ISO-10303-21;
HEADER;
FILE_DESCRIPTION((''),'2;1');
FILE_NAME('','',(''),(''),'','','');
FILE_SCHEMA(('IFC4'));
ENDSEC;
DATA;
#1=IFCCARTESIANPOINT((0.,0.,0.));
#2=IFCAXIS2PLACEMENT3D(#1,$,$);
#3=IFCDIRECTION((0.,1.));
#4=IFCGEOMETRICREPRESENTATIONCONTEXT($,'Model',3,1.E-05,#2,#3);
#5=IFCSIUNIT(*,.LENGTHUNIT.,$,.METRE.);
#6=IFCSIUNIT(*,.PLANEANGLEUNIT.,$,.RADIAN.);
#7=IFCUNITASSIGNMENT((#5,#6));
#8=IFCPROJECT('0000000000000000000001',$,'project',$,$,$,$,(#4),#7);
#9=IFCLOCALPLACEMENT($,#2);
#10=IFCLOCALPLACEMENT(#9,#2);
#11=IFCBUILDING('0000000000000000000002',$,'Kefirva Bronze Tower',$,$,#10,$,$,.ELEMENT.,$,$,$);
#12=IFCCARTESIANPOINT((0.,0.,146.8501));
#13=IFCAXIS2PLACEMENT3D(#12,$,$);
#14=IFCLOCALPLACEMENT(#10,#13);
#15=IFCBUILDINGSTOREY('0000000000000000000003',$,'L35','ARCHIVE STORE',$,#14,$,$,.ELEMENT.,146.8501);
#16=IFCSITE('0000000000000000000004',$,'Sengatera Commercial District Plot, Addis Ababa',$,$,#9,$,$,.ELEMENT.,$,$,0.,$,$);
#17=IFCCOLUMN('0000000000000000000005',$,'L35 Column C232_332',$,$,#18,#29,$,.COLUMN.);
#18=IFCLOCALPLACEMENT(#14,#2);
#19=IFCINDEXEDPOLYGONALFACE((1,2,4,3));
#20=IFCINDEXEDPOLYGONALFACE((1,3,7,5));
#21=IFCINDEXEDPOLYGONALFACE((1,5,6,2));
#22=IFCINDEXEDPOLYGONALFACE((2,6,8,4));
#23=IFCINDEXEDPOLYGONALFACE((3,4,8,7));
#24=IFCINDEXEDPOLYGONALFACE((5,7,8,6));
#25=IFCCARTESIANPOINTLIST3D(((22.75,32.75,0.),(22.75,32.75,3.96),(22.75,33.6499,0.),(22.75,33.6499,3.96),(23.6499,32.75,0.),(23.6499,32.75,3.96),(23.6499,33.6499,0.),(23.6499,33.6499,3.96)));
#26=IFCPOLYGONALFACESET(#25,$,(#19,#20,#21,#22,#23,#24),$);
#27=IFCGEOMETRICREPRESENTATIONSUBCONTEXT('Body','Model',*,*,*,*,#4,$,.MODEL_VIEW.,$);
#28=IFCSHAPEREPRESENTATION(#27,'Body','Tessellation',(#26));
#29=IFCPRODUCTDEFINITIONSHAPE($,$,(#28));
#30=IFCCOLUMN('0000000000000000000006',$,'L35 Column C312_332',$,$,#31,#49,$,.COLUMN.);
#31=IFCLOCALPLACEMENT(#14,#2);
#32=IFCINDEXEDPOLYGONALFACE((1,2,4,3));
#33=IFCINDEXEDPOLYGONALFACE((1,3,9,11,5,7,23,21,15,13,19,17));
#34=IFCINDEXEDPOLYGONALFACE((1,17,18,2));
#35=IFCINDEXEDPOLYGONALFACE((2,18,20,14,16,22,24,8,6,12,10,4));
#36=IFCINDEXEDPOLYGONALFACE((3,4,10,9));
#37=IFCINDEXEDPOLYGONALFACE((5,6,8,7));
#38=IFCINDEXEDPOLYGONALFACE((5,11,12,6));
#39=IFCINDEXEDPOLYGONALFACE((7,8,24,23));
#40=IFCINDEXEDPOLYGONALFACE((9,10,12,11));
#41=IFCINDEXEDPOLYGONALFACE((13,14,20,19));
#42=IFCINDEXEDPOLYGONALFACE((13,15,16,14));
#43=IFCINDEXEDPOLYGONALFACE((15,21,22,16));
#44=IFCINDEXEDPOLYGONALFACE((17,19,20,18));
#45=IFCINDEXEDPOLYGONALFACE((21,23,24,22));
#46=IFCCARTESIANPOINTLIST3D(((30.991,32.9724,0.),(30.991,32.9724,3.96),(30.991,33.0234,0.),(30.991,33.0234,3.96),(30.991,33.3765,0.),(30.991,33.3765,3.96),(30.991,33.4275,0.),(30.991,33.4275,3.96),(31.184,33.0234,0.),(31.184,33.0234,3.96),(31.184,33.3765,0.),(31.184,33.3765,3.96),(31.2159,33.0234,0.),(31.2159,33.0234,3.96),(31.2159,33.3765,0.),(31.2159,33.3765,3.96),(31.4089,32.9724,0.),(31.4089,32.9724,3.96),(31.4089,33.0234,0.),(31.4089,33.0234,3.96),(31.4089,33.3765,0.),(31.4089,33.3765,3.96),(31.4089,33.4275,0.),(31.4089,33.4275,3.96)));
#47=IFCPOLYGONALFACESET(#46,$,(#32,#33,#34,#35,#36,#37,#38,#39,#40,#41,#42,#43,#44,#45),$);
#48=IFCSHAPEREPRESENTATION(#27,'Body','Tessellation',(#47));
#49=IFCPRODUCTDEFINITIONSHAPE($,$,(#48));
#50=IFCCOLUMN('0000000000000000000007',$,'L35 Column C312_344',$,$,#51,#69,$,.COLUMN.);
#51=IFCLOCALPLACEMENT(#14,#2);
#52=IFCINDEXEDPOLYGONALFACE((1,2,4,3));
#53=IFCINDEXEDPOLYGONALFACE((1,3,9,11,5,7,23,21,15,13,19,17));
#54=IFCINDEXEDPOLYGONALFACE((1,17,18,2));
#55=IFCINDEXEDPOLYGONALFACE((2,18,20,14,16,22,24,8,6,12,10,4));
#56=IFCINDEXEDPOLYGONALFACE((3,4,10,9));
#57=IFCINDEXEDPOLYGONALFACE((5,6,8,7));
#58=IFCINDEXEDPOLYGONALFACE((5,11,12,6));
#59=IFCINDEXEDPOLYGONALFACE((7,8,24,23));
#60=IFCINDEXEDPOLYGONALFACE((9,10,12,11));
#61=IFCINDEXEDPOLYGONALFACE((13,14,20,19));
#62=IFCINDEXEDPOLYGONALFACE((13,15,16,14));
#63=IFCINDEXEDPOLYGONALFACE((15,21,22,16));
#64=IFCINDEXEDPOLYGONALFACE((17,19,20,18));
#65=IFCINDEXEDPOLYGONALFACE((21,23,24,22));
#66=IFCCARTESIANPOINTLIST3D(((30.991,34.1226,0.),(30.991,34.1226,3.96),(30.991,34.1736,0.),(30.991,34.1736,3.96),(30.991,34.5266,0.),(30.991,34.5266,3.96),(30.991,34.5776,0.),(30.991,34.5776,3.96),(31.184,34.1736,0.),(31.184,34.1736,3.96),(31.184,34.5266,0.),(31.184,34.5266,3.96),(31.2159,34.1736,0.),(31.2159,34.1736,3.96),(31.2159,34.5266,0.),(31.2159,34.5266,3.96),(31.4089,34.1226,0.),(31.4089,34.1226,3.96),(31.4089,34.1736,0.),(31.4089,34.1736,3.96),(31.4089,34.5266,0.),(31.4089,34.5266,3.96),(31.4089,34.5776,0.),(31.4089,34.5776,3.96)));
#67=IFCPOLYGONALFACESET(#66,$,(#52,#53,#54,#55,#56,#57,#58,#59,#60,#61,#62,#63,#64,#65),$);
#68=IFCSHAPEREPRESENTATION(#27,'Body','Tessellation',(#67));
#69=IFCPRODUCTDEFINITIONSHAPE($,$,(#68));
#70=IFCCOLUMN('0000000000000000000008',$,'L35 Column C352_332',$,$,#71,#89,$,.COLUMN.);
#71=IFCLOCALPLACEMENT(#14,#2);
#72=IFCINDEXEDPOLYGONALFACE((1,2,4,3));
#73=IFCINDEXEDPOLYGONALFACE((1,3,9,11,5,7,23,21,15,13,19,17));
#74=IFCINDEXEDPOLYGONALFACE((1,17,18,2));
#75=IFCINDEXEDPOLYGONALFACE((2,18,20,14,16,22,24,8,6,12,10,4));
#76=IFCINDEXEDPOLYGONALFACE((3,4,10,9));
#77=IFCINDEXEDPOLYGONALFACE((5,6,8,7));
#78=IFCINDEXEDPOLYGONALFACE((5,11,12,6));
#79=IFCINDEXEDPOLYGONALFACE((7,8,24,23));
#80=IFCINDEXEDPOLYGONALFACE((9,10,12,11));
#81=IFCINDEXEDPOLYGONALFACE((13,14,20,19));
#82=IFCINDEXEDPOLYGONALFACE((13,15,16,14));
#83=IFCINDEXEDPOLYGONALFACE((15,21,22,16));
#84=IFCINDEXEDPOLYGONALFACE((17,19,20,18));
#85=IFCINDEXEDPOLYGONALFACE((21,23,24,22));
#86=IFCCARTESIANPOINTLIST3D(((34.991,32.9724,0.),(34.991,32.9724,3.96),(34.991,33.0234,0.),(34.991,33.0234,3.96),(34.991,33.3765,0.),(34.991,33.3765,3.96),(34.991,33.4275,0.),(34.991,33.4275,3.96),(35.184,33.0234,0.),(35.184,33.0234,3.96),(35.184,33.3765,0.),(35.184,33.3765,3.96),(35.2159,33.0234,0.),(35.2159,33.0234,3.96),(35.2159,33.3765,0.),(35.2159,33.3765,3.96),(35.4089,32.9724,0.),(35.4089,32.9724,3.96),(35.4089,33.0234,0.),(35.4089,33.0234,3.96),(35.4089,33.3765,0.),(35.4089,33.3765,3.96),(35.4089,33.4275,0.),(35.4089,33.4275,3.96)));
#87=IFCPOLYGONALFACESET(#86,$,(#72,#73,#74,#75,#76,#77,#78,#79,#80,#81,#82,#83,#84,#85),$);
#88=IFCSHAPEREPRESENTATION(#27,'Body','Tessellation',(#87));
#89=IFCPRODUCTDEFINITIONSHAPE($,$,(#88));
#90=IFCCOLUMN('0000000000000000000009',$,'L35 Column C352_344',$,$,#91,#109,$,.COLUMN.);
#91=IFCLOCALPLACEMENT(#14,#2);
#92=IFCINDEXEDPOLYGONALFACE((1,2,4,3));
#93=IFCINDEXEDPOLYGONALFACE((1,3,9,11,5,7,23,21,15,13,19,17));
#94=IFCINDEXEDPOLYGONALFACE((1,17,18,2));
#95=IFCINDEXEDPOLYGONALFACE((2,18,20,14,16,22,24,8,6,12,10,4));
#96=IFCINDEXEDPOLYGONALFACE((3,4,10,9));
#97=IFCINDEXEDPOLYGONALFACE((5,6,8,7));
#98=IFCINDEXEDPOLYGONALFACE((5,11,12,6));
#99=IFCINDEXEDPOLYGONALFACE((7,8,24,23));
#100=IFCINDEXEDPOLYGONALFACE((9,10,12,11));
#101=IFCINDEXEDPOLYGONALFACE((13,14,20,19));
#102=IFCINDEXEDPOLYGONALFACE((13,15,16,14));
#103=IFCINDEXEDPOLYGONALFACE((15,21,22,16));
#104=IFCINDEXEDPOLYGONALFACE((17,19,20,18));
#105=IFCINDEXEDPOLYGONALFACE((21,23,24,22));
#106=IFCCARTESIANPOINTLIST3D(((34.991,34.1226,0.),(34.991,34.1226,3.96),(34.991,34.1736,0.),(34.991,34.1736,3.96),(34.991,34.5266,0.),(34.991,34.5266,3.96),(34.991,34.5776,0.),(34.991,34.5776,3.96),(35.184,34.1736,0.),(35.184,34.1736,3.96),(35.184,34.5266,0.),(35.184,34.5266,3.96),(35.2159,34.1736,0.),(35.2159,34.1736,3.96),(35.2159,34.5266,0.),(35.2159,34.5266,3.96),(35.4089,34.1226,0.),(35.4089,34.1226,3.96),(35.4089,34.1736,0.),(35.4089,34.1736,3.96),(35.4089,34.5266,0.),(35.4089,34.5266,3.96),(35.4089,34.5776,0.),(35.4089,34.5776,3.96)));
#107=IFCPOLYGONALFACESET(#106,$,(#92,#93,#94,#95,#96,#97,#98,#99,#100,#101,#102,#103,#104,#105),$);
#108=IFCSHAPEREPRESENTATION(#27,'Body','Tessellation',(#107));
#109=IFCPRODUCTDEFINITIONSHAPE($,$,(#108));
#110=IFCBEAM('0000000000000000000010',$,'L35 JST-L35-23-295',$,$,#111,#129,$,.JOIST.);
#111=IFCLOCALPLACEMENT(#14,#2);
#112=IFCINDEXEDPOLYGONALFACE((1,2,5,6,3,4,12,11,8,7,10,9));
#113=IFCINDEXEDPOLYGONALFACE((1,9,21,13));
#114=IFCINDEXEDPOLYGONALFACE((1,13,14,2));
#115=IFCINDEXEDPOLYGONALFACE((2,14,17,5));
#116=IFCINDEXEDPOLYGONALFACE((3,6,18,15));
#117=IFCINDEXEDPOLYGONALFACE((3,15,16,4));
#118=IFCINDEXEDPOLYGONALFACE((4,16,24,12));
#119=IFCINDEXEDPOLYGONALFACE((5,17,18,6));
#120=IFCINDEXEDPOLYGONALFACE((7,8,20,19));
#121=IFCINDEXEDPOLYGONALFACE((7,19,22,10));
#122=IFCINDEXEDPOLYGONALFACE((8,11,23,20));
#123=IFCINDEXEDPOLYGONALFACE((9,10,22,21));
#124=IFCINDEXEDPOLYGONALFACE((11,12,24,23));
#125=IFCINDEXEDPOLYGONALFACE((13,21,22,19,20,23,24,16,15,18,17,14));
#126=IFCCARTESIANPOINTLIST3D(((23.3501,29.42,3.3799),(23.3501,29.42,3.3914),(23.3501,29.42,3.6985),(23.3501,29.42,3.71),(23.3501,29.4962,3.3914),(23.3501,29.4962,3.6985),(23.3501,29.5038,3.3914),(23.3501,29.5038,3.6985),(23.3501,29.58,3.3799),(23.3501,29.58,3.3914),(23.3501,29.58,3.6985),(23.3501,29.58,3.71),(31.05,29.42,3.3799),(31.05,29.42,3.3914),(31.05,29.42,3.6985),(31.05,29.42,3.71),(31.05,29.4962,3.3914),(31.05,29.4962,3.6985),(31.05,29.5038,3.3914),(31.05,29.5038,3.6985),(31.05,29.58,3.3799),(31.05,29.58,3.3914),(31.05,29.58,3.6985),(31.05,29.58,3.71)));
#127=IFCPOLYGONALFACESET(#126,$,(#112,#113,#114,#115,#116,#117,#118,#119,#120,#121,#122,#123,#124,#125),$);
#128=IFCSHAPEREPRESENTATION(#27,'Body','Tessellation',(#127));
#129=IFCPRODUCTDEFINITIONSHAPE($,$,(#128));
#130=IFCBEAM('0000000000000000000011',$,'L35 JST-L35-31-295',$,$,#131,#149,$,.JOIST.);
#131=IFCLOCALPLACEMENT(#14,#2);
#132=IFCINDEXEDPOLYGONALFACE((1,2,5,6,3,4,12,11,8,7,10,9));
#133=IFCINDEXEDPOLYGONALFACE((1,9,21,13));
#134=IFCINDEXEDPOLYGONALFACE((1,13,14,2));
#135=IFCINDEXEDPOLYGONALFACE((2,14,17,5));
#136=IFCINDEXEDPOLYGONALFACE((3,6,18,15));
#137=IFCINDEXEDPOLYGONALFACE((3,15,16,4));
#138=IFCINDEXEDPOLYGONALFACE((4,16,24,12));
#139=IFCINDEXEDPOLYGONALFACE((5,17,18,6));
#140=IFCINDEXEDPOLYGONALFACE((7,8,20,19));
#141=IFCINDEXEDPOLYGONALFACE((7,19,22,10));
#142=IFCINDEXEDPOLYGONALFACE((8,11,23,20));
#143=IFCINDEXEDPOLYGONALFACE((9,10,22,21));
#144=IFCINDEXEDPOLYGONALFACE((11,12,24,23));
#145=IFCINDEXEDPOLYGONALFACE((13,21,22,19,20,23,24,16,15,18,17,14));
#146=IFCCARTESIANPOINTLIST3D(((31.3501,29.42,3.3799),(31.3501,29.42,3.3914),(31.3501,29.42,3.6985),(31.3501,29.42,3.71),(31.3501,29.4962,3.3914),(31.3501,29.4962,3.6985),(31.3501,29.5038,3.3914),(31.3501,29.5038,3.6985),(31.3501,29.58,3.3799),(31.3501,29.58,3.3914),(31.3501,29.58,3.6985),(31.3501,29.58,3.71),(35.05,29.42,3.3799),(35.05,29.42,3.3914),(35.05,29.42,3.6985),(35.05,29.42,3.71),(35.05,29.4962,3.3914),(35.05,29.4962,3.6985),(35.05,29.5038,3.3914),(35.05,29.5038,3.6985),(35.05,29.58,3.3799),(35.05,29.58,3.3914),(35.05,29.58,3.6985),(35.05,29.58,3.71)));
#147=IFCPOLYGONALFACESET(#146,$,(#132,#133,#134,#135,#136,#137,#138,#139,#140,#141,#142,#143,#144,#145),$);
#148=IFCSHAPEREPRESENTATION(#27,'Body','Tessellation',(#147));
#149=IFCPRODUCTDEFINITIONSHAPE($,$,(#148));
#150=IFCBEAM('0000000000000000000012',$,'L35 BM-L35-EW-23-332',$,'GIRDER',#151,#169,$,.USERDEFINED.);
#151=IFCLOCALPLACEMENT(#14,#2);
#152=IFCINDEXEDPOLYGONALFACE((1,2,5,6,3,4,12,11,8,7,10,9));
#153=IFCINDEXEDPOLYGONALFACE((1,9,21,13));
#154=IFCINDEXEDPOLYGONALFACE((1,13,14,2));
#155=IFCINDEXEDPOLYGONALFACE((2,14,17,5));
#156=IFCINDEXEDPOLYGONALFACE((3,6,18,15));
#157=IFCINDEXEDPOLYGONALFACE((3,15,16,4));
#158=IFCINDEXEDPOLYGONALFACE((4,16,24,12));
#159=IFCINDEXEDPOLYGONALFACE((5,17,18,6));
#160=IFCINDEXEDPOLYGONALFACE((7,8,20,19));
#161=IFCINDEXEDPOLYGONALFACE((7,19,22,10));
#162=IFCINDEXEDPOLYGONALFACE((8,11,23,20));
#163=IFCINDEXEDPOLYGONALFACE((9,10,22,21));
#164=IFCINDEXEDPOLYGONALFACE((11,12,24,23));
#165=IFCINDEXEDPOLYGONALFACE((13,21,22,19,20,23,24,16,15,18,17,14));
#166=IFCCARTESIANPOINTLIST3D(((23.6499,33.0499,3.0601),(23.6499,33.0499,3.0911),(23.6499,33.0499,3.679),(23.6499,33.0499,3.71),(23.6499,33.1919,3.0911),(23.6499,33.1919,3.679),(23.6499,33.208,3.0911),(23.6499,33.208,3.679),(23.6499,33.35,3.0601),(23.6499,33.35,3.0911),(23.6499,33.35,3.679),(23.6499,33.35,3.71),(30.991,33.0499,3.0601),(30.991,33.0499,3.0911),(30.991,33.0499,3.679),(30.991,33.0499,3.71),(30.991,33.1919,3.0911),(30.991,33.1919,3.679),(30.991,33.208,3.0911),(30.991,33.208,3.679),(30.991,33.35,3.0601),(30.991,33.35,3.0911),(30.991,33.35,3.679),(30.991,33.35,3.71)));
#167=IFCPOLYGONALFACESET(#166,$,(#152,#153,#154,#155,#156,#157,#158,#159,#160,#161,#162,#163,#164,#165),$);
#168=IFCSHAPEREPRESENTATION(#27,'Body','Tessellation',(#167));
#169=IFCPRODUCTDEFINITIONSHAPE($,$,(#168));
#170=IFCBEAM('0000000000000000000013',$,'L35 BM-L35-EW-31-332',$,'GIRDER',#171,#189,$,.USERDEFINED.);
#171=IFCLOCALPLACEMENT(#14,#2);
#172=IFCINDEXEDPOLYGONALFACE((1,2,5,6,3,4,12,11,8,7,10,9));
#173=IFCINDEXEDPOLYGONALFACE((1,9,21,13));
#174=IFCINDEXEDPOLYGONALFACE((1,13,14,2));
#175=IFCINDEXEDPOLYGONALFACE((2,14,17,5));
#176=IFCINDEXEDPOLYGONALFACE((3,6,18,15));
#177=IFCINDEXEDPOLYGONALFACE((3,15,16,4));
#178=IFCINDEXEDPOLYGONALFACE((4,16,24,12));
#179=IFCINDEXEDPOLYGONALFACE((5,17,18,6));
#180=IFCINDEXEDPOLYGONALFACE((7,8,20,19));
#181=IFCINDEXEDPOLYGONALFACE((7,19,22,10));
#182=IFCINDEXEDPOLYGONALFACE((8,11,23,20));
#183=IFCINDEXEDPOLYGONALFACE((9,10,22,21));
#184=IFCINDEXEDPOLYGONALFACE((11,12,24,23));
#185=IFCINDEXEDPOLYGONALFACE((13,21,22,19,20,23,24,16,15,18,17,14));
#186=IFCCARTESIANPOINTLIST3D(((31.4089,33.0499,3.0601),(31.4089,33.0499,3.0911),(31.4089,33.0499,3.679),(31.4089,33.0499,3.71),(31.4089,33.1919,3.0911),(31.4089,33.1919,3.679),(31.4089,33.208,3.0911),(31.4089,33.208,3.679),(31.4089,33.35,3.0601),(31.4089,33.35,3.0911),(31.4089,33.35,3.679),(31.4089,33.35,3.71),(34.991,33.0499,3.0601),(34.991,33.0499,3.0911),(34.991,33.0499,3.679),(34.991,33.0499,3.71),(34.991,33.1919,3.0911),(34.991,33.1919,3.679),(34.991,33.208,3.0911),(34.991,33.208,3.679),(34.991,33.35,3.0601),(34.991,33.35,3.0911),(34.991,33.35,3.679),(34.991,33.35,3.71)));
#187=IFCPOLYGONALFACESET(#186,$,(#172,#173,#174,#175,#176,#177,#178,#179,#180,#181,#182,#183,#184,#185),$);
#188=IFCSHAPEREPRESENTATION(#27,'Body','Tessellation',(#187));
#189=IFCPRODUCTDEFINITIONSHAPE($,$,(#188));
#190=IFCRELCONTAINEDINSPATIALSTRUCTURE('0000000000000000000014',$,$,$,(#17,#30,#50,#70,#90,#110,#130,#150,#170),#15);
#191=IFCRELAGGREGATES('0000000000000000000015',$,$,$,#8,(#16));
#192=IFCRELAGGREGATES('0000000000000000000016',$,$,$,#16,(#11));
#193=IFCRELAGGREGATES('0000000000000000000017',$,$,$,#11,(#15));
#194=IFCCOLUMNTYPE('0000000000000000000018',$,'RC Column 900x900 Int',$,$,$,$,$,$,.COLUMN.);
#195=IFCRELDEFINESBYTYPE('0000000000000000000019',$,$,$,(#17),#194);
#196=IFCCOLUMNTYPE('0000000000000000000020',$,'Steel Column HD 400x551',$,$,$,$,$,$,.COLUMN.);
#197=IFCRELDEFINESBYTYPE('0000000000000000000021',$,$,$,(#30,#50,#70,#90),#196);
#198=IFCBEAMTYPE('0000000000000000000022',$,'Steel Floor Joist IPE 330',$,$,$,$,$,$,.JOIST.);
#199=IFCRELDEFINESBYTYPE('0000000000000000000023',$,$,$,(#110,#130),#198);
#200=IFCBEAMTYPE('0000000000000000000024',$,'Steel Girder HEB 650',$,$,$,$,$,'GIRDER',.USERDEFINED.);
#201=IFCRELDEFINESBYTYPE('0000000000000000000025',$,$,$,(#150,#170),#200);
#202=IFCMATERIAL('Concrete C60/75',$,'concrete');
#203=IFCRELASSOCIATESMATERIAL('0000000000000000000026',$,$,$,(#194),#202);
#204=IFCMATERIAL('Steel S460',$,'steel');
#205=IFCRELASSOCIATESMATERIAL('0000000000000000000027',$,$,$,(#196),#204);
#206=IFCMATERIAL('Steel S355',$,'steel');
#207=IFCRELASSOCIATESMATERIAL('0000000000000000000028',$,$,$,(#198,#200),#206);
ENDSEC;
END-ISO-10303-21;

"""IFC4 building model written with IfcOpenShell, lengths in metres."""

from ifc_helpers import new_model, si_unit, direction, frame, origin, origin_2d, place, context, subcontext, project, spatial, rectangle, i_section, extrude, material, material_profile, profile_set, type_object, element, save


model = new_model("IFC4")

# Units and contexts
model_context = context("Model", 3, precision=1e-05, world=origin(), true_north=direction((0.0, 1.0)))
body_context = subcontext(model_context, "Body", "Model", "MODEL_VIEW")
ifc_project = project(units=[si_unit("LENGTHUNIT", "METRE"), si_unit("PLANEANGLEUNIT", "RADIAN")], contexts=[model_context])

# Site, building, storey
site_placement = place(None, origin())
site = spatial("IfcSite", under=ifc_project, at=site_placement, Name="Sengatera Commercial District Plot, Addis Ababa", CompositionType="ELEMENT", RefElevation=0.0)
building_placement = place(site_placement, origin())
building = spatial("IfcBuilding", under=site, at=building_placement, Name="Kefirva Bronze Tower", CompositionType="ELEMENT")
storey_placement = place(building_placement, frame((0.0, 0.0, 146.8501)))
storey = spatial("IfcBuildingStorey", under=building, at=storey_placement, Name="L35", Description="ARCHIVE STORE", CompositionType="ELEMENT", Elevation=146.8501)

# Columns
ifc_material_1 = material(Name="Concrete C60/75", Category="concrete")
ifc_material_profile_1 = material_profile(ifc_material_1, rectangle(XDim=0.8999, YDim=0.8999, at=origin_2d()), Name="RC 900x900")
ifc_profile_set_1 = profile_set([ifc_material_profile_1], Name="Concrete C60/75")
column_type_1 = type_object("IfcColumnType", Name="RC Column 900x900 Int", PredefinedType="COLUMN", material=ifc_profile_set_1)
column_placement = place(storey_placement, frame((23.2, 33.2, 0.0), z_axis=(0.0, 0.0, 1.0), x_axis=(1.0, 0.0, 0.0)))
element("IfcColumn", 1, at=column_placement, inside=storey, type_object=column_type_1, Name="L35 Column C232_332", PredefinedType="COLUMN", context=body_context, shape_type="SweptSolid", body=[
    extrude(rectangle(XDim=0.8999, YDim=0.8999, at=origin_2d()), origin(), (0.0, 0.0, 1.0), 3.96),
])
ifc_material_2 = material(Name="Steel S460", Category="steel")
ifc_material_profile_2 = material_profile(ifc_material_2, i_section(OverallWidth=0.418, OverallDepth=0.4551, WebThickness=0.032, FlangeThickness=0.051, at=origin_2d()), Name="HD 400x551")
ifc_profile_set_2 = profile_set([ifc_material_profile_2], Name="Steel S460")
column_type_2 = type_object("IfcColumnType", Name="Steel Column HD 400x551", PredefinedType="COLUMN", material=ifc_profile_set_2)
for number, where, z_axis, x_axis, name in (
    (2, (31.2, 33.2, 0.0), (0.0, 0.0, 1.0), (1.0, 0.0, 0.0), "L35 Column C312_332"),
    (3, (31.2, 34.3501, 0.0), (0.0, 0.0, 1.0), (1.0, 0.0, 0.0), "L35 Column C312_344"),
    (4, (35.2, 33.2, 0.0), (0.0, 0.0, 1.0), (1.0, 0.0, 0.0), "L35 Column C352_332"),
    (5, (35.2, 34.3501, 0.0), (0.0, 0.0, 1.0), (1.0, 0.0, 0.0), "L35 Column C352_344"),
):
    element("IfcColumn", number, at=place(storey_placement, frame(where, z_axis=z_axis, x_axis=x_axis)), inside=storey, type_object=column_type_2, Name=name, PredefinedType="COLUMN", context=body_context, shape_type="SweptSolid", body=[
        extrude(i_section(OverallWidth=0.418, OverallDepth=0.4551, WebThickness=0.032, FlangeThickness=0.051, at=origin_2d()), origin(), (0.0, 0.0, 1.0), 3.96),
    ])

# Beams
ifc_material_3 = material(Name="Steel S355", Category="steel")
ifc_material_profile_3 = material_profile(ifc_material_3, i_section(OverallWidth=0.1599, OverallDepth=0.3301, WebThickness=0.0076, FlangeThickness=0.0115, at=origin_2d()), Name="IPE 330")
ifc_profile_set_3 = profile_set([ifc_material_profile_3], Name="Steel S355")
beam_type_1 = type_object("IfcBeamType", Name="Steel Floor Joist IPE 330", PredefinedType="JOIST", material=ifc_profile_set_3)
beam_1_placement = place(storey_placement, frame((23.3501, 29.5, 3.5449), z_axis=(1.0, 0.0, 0.0), x_axis=(0.0, 1.0, 0.0)))
element("IfcBeam", 6, at=beam_1_placement, inside=storey, type_object=beam_type_1, Name="L35 JST-L35-23-295", PredefinedType="JOIST", context=body_context, shape_type="SweptSolid", body=[
    extrude(i_section(OverallWidth=0.1599, OverallDepth=0.3301, WebThickness=0.0076, FlangeThickness=0.0115, at=origin_2d()), origin(), (0.0, 0.0, 1.0), 7.7),
])
beam_2_placement = place(storey_placement, frame((31.3501, 29.5, 3.5449), z_axis=(1.0, 0.0, 0.0), x_axis=(0.0, 1.0, 0.0)))
element("IfcBeam", 7, at=beam_2_placement, inside=storey, type_object=beam_type_1, Name="L35 JST-L35-31-295", PredefinedType="JOIST", context=body_context, shape_type="SweptSolid", body=[
    extrude(i_section(OverallWidth=0.1599, OverallDepth=0.3301, WebThickness=0.0076, FlangeThickness=0.0115, at=origin_2d()), origin(), (0.0, 0.0, 1.0), 3.7),
])
ifc_material_profile_4 = material_profile(ifc_material_3, i_section(OverallWidth=0.3, OverallDepth=0.6499, WebThickness=0.0161, FlangeThickness=0.031, at=origin_2d()), Name="HEB 650")
ifc_profile_set_4 = profile_set([ifc_material_profile_4], Name="Steel S355")
beam_type_2 = type_object("IfcBeamType", Name="Steel Girder HEB 650", ElementType="GIRDER", PredefinedType="USERDEFINED", material=ifc_profile_set_4)
beam_3_placement = place(storey_placement, frame((23.6499, 33.2, 3.385), z_axis=(1.0, 0.0, 0.0), x_axis=(0.0, 1.0, 0.0)))
element("IfcBeam", 8, at=beam_3_placement, inside=storey, type_object=beam_type_2, Name="L35 BM-L35-EW-23-332", ObjectType="GIRDER", PredefinedType="USERDEFINED", context=body_context, shape_type="SweptSolid", body=[
    extrude(i_section(OverallWidth=0.3, OverallDepth=0.6499, WebThickness=0.0161, FlangeThickness=0.031, at=origin_2d()), origin(), (0.0, 0.0, 1.0), 7.3411),
])
for number, where, z_axis, x_axis, name in (
    (9, (31.4089, 33.2, 3.385), (1.0, 0.0, 0.0), (0.0, 1.0, 0.0), "L35 BM-L35-EW-31-332"),
):
    element("IfcBeam", number, at=place(storey_placement, frame(where, z_axis=z_axis, x_axis=x_axis)), inside=storey, type_object=beam_type_2, Name=name, ObjectType="GIRDER", PredefinedType="USERDEFINED", context=body_context, shape_type="SweptSolid", body=[
        extrude(i_section(OverallWidth=0.3, OverallDepth=0.6499, WebThickness=0.0161, FlangeThickness=0.031, at=origin_2d()), origin(), (0.0, 0.0, 1.0), 3.582),
    ])

save(model, "model.ifc")
